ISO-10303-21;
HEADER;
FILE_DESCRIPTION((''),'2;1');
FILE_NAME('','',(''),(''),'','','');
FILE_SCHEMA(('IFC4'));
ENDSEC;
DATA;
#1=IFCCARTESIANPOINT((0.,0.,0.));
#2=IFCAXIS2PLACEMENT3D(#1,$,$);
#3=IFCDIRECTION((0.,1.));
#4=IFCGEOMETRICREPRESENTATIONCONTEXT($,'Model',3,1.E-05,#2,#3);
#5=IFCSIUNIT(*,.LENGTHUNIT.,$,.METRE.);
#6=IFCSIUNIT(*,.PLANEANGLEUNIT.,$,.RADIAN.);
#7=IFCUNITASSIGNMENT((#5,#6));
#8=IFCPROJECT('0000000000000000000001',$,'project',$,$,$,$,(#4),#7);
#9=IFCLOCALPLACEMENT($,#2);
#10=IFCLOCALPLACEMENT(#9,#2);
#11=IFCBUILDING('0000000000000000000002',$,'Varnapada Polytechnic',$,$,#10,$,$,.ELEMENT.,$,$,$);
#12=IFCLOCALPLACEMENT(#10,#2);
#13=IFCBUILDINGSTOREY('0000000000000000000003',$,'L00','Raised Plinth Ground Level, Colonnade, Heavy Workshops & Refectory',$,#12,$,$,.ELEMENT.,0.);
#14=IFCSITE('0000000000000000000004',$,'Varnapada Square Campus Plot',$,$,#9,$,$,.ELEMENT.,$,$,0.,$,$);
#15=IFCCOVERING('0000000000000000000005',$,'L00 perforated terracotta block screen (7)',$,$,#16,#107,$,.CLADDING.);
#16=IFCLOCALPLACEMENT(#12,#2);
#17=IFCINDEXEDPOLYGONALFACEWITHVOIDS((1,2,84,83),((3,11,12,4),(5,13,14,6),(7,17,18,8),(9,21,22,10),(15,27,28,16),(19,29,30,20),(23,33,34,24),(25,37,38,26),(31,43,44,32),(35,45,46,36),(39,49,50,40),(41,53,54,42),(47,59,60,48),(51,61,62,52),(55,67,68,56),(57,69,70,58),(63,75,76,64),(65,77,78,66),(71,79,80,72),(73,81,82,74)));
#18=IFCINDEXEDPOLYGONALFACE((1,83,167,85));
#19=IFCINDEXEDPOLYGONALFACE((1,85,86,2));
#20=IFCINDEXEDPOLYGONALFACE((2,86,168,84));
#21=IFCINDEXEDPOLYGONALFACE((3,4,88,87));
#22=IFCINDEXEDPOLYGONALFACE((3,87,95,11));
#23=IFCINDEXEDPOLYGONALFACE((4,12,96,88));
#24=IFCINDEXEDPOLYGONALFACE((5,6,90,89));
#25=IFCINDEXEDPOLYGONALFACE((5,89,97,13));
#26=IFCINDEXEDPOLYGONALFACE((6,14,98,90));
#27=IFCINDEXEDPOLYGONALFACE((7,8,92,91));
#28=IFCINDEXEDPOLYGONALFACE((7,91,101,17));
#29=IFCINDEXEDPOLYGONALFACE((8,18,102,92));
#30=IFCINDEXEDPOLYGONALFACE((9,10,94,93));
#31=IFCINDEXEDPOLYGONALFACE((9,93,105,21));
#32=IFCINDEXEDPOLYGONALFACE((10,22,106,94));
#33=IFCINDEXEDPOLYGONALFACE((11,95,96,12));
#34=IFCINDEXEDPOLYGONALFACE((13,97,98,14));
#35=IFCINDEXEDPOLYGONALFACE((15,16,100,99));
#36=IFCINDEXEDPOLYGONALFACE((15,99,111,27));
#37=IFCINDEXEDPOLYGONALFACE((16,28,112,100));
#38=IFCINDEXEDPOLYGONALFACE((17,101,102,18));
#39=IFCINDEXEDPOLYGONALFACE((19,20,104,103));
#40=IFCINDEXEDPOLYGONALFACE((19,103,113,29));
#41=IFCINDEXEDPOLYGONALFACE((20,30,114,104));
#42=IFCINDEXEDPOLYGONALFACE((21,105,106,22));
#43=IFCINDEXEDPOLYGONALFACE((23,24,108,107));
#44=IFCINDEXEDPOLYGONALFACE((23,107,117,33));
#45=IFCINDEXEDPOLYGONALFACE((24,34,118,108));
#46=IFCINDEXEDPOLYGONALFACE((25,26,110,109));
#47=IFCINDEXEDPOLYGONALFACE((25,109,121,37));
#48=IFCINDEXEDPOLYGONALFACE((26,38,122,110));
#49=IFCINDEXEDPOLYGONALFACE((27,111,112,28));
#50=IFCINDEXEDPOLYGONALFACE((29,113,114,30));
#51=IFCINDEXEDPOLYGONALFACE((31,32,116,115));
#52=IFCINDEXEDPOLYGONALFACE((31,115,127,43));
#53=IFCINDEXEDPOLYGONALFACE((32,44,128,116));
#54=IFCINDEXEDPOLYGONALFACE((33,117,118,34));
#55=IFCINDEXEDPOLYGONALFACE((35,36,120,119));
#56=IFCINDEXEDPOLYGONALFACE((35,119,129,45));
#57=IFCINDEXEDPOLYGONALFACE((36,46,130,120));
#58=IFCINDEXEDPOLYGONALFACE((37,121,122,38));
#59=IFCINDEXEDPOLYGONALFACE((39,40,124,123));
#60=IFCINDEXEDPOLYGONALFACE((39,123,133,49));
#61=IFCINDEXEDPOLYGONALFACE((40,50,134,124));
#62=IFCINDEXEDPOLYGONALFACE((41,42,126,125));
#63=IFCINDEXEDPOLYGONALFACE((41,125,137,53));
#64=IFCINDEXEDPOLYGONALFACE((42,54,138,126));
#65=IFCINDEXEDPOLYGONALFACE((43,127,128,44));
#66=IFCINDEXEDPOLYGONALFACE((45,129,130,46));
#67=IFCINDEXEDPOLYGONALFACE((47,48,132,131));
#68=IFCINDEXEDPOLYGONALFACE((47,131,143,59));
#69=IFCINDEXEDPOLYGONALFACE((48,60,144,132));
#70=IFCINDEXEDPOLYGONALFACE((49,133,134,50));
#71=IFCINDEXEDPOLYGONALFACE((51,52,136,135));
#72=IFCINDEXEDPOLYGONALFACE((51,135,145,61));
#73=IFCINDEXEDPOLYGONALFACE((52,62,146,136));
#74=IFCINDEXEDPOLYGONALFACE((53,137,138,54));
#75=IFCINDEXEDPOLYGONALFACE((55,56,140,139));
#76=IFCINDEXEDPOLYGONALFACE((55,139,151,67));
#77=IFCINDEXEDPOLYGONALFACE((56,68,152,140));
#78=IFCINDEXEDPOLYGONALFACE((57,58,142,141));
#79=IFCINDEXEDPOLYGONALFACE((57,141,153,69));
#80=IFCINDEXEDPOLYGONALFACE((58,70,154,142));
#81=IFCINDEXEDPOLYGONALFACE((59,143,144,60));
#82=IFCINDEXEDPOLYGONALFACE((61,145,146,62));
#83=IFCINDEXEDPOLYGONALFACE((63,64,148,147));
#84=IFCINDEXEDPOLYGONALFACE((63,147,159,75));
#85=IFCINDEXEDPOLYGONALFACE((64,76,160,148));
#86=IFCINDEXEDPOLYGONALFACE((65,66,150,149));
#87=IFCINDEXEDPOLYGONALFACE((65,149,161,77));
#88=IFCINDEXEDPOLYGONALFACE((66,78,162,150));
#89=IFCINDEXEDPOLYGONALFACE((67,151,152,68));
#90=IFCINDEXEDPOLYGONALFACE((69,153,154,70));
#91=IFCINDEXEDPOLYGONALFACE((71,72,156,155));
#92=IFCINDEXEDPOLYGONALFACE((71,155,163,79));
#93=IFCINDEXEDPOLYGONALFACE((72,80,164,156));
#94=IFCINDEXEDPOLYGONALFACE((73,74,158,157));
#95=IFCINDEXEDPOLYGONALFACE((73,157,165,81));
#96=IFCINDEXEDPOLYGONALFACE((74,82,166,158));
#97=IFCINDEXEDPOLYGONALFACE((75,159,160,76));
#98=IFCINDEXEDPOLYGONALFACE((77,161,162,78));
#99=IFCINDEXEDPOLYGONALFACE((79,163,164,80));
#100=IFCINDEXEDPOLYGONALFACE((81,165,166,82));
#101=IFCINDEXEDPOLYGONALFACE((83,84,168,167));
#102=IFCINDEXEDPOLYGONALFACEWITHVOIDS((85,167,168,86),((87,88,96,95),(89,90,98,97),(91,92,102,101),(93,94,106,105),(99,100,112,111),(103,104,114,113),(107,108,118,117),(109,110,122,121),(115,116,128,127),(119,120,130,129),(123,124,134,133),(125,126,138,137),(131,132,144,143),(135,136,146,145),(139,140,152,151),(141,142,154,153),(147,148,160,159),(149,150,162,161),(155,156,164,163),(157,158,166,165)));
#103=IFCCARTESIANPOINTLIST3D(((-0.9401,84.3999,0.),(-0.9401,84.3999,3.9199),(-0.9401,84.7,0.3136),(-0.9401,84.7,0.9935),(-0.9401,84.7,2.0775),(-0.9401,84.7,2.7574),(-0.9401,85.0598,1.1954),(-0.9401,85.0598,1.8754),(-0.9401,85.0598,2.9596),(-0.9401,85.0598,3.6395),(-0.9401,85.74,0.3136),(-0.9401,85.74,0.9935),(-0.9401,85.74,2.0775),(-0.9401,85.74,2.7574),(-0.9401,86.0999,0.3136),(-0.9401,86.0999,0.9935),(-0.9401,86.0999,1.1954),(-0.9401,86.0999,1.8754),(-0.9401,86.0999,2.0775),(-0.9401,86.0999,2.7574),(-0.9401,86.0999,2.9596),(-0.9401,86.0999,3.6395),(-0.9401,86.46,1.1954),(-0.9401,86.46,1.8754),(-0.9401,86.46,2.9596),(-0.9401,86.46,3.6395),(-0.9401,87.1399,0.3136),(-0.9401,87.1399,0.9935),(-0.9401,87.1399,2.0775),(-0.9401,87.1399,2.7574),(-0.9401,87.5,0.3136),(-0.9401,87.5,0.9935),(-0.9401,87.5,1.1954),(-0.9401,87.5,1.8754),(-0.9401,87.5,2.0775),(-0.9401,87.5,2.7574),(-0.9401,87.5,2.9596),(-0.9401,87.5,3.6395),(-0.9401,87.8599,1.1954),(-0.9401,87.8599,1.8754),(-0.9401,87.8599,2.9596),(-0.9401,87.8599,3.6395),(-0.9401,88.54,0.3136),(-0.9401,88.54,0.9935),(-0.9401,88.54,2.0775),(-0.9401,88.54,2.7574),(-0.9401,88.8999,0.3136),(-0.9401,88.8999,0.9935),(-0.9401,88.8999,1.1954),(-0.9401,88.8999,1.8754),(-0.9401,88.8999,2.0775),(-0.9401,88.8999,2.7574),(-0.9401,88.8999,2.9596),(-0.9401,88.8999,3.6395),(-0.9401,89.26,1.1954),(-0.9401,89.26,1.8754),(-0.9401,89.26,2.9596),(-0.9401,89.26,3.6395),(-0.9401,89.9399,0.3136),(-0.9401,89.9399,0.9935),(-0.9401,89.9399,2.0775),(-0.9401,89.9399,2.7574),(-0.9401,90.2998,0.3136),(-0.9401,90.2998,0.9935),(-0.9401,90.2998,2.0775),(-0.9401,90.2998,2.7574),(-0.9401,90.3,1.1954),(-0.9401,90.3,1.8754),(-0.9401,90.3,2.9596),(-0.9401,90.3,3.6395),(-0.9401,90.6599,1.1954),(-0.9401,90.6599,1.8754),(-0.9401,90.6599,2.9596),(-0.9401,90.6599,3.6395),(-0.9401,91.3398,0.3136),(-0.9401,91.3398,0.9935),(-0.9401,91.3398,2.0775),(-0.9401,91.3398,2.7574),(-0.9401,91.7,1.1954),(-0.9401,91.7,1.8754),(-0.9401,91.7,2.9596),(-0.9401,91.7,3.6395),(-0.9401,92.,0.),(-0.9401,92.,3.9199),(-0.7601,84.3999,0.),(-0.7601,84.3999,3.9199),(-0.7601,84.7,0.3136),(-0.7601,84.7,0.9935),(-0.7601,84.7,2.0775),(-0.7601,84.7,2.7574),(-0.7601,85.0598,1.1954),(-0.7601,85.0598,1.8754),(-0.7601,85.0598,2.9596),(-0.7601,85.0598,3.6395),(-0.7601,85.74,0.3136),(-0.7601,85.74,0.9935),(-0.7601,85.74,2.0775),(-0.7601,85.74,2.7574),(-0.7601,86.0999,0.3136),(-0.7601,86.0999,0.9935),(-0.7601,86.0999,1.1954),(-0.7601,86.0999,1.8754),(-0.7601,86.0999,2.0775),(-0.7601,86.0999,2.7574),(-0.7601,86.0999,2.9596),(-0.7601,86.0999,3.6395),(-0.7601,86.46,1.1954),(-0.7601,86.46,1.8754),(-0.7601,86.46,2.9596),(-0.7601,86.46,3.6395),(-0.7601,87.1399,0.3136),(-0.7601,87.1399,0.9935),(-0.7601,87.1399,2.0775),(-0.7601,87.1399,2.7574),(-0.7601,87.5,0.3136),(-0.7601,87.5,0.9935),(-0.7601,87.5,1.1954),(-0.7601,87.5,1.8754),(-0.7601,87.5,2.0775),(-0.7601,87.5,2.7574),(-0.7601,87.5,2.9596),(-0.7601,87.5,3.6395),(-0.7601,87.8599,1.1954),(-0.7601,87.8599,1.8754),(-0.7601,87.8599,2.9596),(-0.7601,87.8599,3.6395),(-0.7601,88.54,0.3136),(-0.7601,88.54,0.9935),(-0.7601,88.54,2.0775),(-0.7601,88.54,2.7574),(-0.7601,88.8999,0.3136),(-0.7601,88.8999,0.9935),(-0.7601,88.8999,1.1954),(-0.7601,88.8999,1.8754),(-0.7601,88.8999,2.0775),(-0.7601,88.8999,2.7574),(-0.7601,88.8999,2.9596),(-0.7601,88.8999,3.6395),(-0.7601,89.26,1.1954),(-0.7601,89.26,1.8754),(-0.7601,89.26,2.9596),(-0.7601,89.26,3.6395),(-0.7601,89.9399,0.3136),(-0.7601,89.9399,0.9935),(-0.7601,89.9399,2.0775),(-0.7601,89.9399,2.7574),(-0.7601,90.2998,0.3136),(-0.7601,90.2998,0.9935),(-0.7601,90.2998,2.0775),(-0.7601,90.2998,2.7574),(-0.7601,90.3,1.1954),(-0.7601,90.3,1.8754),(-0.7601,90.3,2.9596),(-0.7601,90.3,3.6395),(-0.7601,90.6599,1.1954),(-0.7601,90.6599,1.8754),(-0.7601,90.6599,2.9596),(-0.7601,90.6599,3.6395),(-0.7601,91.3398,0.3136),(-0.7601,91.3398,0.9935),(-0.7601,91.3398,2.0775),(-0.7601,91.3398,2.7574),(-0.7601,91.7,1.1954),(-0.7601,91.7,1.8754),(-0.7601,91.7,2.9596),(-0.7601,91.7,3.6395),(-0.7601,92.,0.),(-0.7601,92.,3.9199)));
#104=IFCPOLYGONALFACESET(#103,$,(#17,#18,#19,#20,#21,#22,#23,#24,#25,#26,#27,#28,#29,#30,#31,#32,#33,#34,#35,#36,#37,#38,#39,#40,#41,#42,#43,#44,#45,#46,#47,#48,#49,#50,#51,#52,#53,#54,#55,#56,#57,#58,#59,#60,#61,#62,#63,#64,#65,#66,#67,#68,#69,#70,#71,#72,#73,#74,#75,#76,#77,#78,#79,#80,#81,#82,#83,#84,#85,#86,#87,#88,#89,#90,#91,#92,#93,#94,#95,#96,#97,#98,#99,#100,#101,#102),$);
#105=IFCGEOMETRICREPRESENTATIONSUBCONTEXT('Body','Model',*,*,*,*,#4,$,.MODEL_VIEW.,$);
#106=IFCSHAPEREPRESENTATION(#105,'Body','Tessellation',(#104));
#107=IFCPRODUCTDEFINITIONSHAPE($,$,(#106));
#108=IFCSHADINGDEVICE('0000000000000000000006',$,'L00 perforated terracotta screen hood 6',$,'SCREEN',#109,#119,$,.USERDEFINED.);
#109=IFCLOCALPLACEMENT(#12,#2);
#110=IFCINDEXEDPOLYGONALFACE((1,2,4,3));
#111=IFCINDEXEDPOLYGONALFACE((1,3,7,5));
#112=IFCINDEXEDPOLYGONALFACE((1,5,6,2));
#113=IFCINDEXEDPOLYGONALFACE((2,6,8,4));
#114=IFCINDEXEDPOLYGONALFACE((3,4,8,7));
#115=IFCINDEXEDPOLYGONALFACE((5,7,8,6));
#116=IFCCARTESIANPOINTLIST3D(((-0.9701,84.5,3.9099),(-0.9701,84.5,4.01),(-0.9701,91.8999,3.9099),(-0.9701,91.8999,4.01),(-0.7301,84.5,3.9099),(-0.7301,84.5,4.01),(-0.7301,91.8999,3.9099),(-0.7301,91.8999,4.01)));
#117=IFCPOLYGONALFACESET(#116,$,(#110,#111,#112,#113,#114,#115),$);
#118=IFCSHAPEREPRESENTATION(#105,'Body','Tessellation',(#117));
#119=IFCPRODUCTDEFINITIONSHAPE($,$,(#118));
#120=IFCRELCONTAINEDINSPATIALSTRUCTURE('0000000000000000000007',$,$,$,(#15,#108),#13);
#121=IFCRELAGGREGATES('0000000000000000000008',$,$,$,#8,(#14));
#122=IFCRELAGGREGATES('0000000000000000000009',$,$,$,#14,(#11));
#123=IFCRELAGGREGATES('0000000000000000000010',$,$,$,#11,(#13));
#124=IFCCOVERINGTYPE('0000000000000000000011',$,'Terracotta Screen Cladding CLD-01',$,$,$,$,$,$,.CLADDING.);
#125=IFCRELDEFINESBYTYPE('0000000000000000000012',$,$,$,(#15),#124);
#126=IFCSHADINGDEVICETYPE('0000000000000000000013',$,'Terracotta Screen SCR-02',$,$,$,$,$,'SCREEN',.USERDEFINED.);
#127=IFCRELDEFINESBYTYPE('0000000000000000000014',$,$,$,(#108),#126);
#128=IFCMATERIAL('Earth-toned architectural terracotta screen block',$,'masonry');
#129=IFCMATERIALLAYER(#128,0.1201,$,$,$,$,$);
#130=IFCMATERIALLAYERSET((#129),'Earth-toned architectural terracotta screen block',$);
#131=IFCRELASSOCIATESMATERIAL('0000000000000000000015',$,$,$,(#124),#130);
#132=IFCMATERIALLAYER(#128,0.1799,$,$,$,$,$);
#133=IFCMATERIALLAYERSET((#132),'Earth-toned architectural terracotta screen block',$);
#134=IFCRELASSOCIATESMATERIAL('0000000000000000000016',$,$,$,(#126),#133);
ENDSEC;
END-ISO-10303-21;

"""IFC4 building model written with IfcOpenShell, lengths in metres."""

from ifc_helpers import new_model, si_unit, direction, frame, frame_2d, origin, origin_2d, place, context, subcontext, project, spatial, rectangle, extrude, material, layer, layer_set, type_object, element, save


model = new_model("IFC4")

# Units and contexts
model_context = context("Model", 3, precision=1e-05, world=origin(), true_north=direction((0.0, 1.0)))
body_context = subcontext(model_context, "Body", "Model", "MODEL_VIEW")
ifc_project = project(units=[si_unit("LENGTHUNIT", "METRE"), si_unit("PLANEANGLEUNIT", "RADIAN")], contexts=[model_context])

# Site, building, storey
site_placement = place(None, origin())
site = spatial("IfcSite", under=ifc_project, at=site_placement, Name="Varnapada Square Campus Plot", CompositionType="ELEMENT", RefElevation=0.0)
building_placement = place(site_placement, origin())
building = spatial("IfcBuilding", under=site, at=building_placement, Name="Varnapada Polytechnic", CompositionType="ELEMENT")
storey_placement = place(building_placement, origin())
storey = spatial("IfcBuildingStorey", under=building, at=storey_placement, Name="L00", Description="Raised Plinth Ground Level, Colonnade, Heavy Workshops & Refectory", CompositionType="ELEMENT", Elevation=0.0)

# Covering, openings
ifc_material_1 = material(Name="Earth-toned architectural terracotta screen block", Category="masonry")
ifc_layer_1 = layer(ifc_material_1, 0.1201)
ifc_layer_set_1 = layer_set([ifc_layer_1], Name="Earth-toned architectural terracotta screen block")
covering_type_1 = type_object("IfcCoveringType", Name="Terracotta Screen Cladding CLD-01", PredefinedType="CLADDING", material=ifc_layer_set_1)
covering_1_placement = place(storey_placement, frame((-0.8501, 84.3999, 0.0), z_axis=(0.0, 0.0, 1.0), x_axis=(0.0, 1.0, 0.0)))
covering_1 = element("IfcCovering", 1, at=covering_1_placement, inside=storey, type_object=covering_type_1, Name="L00 perforated terracotta block screen (7)", PredefinedType="CLADDING", context=body_context, shape_type="SweptSolid", body=[
    extrude(rectangle(XDim=7.6001, YDim=0.1799, at=frame_2d((3.8, 0.0))), origin(), (0.0, 0.0, 1.0), 3.9199),
])
opening_1_placement = place(covering_1_placement, frame((0.3, 0.0, 0.3137)))
element("IfcOpeningElement", 2, at=opening_1_placement, cuts=covering_1, PredefinedType="OPENING", context=body_context, shape_type="SweptSolid", body=[
    extrude(rectangle(XDim=1.04, YDim=0.6799, at=frame_2d((0.52, 0.3398))), frame((0.0, 0.0999, 0.0), z_axis=(0.0, -1.0, 0.0), x_axis=(1.0, 0.0, 0.0)), (0.0, 0.0, 1.0), 0.2),
])
opening_2_placement = place(covering_1_placement, frame((1.7, 0.0, 0.3137)))
element("IfcOpeningElement", 3, at=opening_2_placement, cuts=covering_1, PredefinedType="OPENING", context=body_context, shape_type="SweptSolid", body=[
    extrude(rectangle(XDim=1.04, YDim=0.6799, at=frame_2d((0.52, 0.3398))), frame((0.0, 0.0999, 0.0), z_axis=(0.0, -1.0, 0.0), x_axis=(1.0, 0.0, 0.0)), (0.0, 0.0, 1.0), 0.2),
])
opening_3_placement = place(covering_1_placement, frame((3.1001, 0.0, 0.3137)))
element("IfcOpeningElement", 4, at=opening_3_placement, cuts=covering_1, PredefinedType="OPENING", context=body_context, shape_type="SweptSolid", body=[
    extrude(rectangle(XDim=1.04, YDim=0.6799, at=frame_2d((0.52, 0.3398))), frame((0.0, 0.0999, 0.0), z_axis=(0.0, -1.0, 0.0), x_axis=(1.0, 0.0, 0.0)), (0.0, 0.0, 1.0), 0.2),
])
opening_4_placement = place(covering_1_placement, frame((4.5, 0.0, 0.3137)))
element("IfcOpeningElement", 5, at=opening_4_placement, cuts=covering_1, PredefinedType="OPENING", context=body_context, shape_type="SweptSolid", body=[
    extrude(rectangle(XDim=1.04, YDim=0.6799, at=frame_2d((0.52, 0.3398))), frame((0.0, 0.0999, 0.0), z_axis=(0.0, -1.0, 0.0), x_axis=(1.0, 0.0, 0.0)), (0.0, 0.0, 1.0), 0.2),
])
opening_5_placement = place(covering_1_placement, frame((5.8999, 0.0, 0.3137)))
element("IfcOpeningElement", 6, at=opening_5_placement, cuts=covering_1, PredefinedType="OPENING", context=body_context, shape_type="SweptSolid", body=[
    extrude(rectangle(XDim=1.04, YDim=0.6799, at=frame_2d((0.52, 0.3398))), frame((0.0, 0.0999, 0.0), z_axis=(0.0, -1.0, 0.0), x_axis=(1.0, 0.0, 0.0)), (0.0, 0.0, 1.0), 0.2),
])
opening_6_placement = place(covering_1_placement, frame((0.6599, 0.0, 1.1956)))
element("IfcOpeningElement", 7, at=opening_6_placement, cuts=covering_1, PredefinedType="OPENING", context=body_context, shape_type="SweptSolid", body=[
    extrude(rectangle(XDim=1.04, YDim=0.6799, at=frame_2d((0.52, 0.3398))), frame((0.0, 0.0999, 0.0), z_axis=(0.0, -1.0, 0.0), x_axis=(1.0, 0.0, 0.0)), (0.0, 0.0, 1.0), 0.2),
])
opening_7_placement = place(covering_1_placement, frame((2.0601, 0.0, 1.1956)))
element("IfcOpeningElement", 8, at=opening_7_placement, cuts=covering_1, PredefinedType="OPENING", context=body_context, shape_type="SweptSolid", body=[
    extrude(rectangle(XDim=1.04, YDim=0.6799, at=frame_2d((0.52, 0.3398))), frame((0.0, 0.0999, 0.0), z_axis=(0.0, -1.0, 0.0), x_axis=(1.0, 0.0, 0.0)), (0.0, 0.0, 1.0), 0.2),
])
opening_8_placement = place(covering_1_placement, frame((3.46, 0.0, 1.1956)))
element("IfcOpeningElement", 9, at=opening_8_placement, cuts=covering_1, PredefinedType="OPENING", context=body_context, shape_type="SweptSolid", body=[
    extrude(rectangle(XDim=1.04, YDim=0.6799, at=frame_2d((0.52, 0.3398))), frame((0.0, 0.0999, 0.0), z_axis=(0.0, -1.0, 0.0), x_axis=(1.0, 0.0, 0.0)), (0.0, 0.0, 1.0), 0.2),
])
opening_9_placement = place(covering_1_placement, frame((4.8601, 0.0, 1.1956)))
element("IfcOpeningElement", 10, at=opening_9_placement, cuts=covering_1, PredefinedType="OPENING", context=body_context, shape_type="SweptSolid", body=[
    extrude(rectangle(XDim=1.04, YDim=0.6799, at=frame_2d((0.52, 0.3398))), frame((0.0, 0.0999, 0.0), z_axis=(0.0, -1.0, 0.0), x_axis=(1.0, 0.0, 0.0)), (0.0, 0.0, 1.0), 0.2),
])
opening_10_placement = place(covering_1_placement, frame((6.26, 0.0, 1.1956)))
element("IfcOpeningElement", 11, at=opening_10_placement, cuts=covering_1, PredefinedType="OPENING", context=body_context, shape_type="SweptSolid", body=[
    extrude(rectangle(XDim=1.04, YDim=0.6799, at=frame_2d((0.52, 0.3398))), frame((0.0, 0.0999, 0.0), z_axis=(0.0, -1.0, 0.0), x_axis=(1.0, 0.0, 0.0)), (0.0, 0.0, 1.0), 0.2),
])
opening_11_placement = place(covering_1_placement, frame((0.3, 0.0, 2.0776)))
element("IfcOpeningElement", 12, at=opening_11_placement, cuts=covering_1, PredefinedType="OPENING", context=body_context, shape_type="SweptSolid", body=[
    extrude(rectangle(XDim=1.04, YDim=0.6799, at=frame_2d((0.52, 0.3398))), frame((0.0, 0.0999, 0.0), z_axis=(0.0, -1.0, 0.0), x_axis=(1.0, 0.0, 0.0)), (0.0, 0.0, 1.0), 0.2),
])
opening_12_placement = place(covering_1_placement, frame((1.7, 0.0, 2.0776)))
element("IfcOpeningElement", 13, at=opening_12_placement, cuts=covering_1, PredefinedType="OPENING", context=body_context, shape_type="SweptSolid", body=[
    extrude(rectangle(XDim=1.04, YDim=0.6799, at=frame_2d((0.52, 0.3398))), frame((0.0, 0.0999, 0.0), z_axis=(0.0, -1.0, 0.0), x_axis=(1.0, 0.0, 0.0)), (0.0, 0.0, 1.0), 0.2),
])
opening_13_placement = place(covering_1_placement, frame((3.1001, 0.0, 2.0776)))
element("IfcOpeningElement", 14, at=opening_13_placement, cuts=covering_1, PredefinedType="OPENING", context=body_context, shape_type="SweptSolid", body=[
    extrude(rectangle(XDim=1.04, YDim=0.6799, at=frame_2d((0.52, 0.3398))), frame((0.0, 0.0999, 0.0), z_axis=(0.0, -1.0, 0.0), x_axis=(1.0, 0.0, 0.0)), (0.0, 0.0, 1.0), 0.2),
])
opening_14_placement = place(covering_1_placement, frame((4.5, 0.0, 2.0776)))
element("IfcOpeningElement", 15, at=opening_14_placement, cuts=covering_1, PredefinedType="OPENING", context=body_context, shape_type="SweptSolid", body=[
    extrude(rectangle(XDim=1.04, YDim=0.6799, at=frame_2d((0.52, 0.3398))), frame((0.0, 0.0999, 0.0), z_axis=(0.0, -1.0, 0.0), x_axis=(1.0, 0.0, 0.0)), (0.0, 0.0, 1.0), 0.2),
])
opening_15_placement = place(covering_1_placement, frame((5.8999, 0.0, 2.0776)))
element("IfcOpeningElement", 16, at=opening_15_placement, cuts=covering_1, PredefinedType="OPENING", context=body_context, shape_type="SweptSolid", body=[
    extrude(rectangle(XDim=1.04, YDim=0.6799, at=frame_2d((0.52, 0.3398))), frame((0.0, 0.0999, 0.0), z_axis=(0.0, -1.0, 0.0), x_axis=(1.0, 0.0, 0.0)), (0.0, 0.0, 1.0), 0.2),
])
opening_16_placement = place(covering_1_placement, frame((0.6599, 0.0, 2.9597)))
element("IfcOpeningElement", 17, at=opening_16_placement, cuts=covering_1, PredefinedType="OPENING", context=body_context, shape_type="SweptSolid", body=[
    extrude(rectangle(XDim=1.04, YDim=0.6799, at=frame_2d((0.52, 0.3398))), frame((0.0, 0.0999, 0.0), z_axis=(0.0, -1.0, 0.0), x_axis=(1.0, 0.0, 0.0)), (0.0, 0.0, 1.0), 0.2),
])
opening_17_placement = place(covering_1_placement, frame((2.0601, 0.0, 2.9597)))
element("IfcOpeningElement", 18, at=opening_17_placement, cuts=covering_1, PredefinedType="OPENING", context=body_context, shape_type="SweptSolid", body=[
    extrude(rectangle(XDim=1.04, YDim=0.6799, at=frame_2d((0.52, 0.3398))), frame((0.0, 0.0999, 0.0), z_axis=(0.0, -1.0, 0.0), x_axis=(1.0, 0.0, 0.0)), (0.0, 0.0, 1.0), 0.2),
])
opening_18_placement = place(covering_1_placement, frame((3.46, 0.0, 2.9597)))
element("IfcOpeningElement", 19, at=opening_18_placement, cuts=covering_1, PredefinedType="OPENING", context=body_context, shape_type="SweptSolid", body=[
    extrude(rectangle(XDim=1.04, YDim=0.6799, at=frame_2d((0.52, 0.3398))), frame((0.0, 0.0999, 0.0), z_axis=(0.0, -1.0, 0.0), x_axis=(1.0, 0.0, 0.0)), (0.0, 0.0, 1.0), 0.2),
])
opening_19_placement = place(covering_1_placement, frame((4.8601, 0.0, 2.9597)))
element("IfcOpeningElement", 20, at=opening_19_placement, cuts=covering_1, PredefinedType="OPENING", context=body_context, shape_type="SweptSolid", body=[
    extrude(rectangle(XDim=1.04, YDim=0.6799, at=frame_2d((0.52, 0.3398))), frame((0.0, 0.0999, 0.0), z_axis=(0.0, -1.0, 0.0), x_axis=(1.0, 0.0, 0.0)), (0.0, 0.0, 1.0), 0.2),
])
opening_20_placement = place(covering_1_placement, frame((6.26, 0.0, 2.9597)))
element("IfcOpeningElement", 21, at=opening_20_placement, cuts=covering_1, PredefinedType="OPENING", context=body_context, shape_type="SweptSolid", body=[
    extrude(rectangle(XDim=1.04, YDim=0.6799, at=frame_2d((0.52, 0.3398))), frame((0.0, 0.0999, 0.0), z_axis=(0.0, -1.0, 0.0), x_axis=(1.0, 0.0, 0.0)), (0.0, 0.0, 1.0), 0.2),
])

# Shading device
ifc_layer_2 = layer(ifc_material_1, 0.1799)
ifc_layer_set_2 = layer_set([ifc_layer_2], Name="Earth-toned architectural terracotta screen block")
shading_device_type = type_object("IfcShadingDeviceType", Name="Terracotta Screen SCR-02", ElementType="SCREEN", PredefinedType="USERDEFINED", material=ifc_layer_set_2)
shading_device_placement = place(storey_placement, frame((-0.8501, 88.2, 3.9099), z_axis=(0.0, 0.0, 1.0), x_axis=(0.0, 1.0, 0.0)))
element("IfcShadingDevice", 22, at=shading_device_placement, inside=storey, type_object=shading_device_type, Name="L00 perforated terracotta screen hood 6", ObjectType="SCREEN", PredefinedType="USERDEFINED", context=body_context, shape_type="SweptSolid", body=[
    extrude(rectangle(XDim=7.3999, YDim=0.24, at=origin_2d()), origin(), (0.0, 0.0, 1.0), 0.1001),
])

save(model, "model.ifc")
